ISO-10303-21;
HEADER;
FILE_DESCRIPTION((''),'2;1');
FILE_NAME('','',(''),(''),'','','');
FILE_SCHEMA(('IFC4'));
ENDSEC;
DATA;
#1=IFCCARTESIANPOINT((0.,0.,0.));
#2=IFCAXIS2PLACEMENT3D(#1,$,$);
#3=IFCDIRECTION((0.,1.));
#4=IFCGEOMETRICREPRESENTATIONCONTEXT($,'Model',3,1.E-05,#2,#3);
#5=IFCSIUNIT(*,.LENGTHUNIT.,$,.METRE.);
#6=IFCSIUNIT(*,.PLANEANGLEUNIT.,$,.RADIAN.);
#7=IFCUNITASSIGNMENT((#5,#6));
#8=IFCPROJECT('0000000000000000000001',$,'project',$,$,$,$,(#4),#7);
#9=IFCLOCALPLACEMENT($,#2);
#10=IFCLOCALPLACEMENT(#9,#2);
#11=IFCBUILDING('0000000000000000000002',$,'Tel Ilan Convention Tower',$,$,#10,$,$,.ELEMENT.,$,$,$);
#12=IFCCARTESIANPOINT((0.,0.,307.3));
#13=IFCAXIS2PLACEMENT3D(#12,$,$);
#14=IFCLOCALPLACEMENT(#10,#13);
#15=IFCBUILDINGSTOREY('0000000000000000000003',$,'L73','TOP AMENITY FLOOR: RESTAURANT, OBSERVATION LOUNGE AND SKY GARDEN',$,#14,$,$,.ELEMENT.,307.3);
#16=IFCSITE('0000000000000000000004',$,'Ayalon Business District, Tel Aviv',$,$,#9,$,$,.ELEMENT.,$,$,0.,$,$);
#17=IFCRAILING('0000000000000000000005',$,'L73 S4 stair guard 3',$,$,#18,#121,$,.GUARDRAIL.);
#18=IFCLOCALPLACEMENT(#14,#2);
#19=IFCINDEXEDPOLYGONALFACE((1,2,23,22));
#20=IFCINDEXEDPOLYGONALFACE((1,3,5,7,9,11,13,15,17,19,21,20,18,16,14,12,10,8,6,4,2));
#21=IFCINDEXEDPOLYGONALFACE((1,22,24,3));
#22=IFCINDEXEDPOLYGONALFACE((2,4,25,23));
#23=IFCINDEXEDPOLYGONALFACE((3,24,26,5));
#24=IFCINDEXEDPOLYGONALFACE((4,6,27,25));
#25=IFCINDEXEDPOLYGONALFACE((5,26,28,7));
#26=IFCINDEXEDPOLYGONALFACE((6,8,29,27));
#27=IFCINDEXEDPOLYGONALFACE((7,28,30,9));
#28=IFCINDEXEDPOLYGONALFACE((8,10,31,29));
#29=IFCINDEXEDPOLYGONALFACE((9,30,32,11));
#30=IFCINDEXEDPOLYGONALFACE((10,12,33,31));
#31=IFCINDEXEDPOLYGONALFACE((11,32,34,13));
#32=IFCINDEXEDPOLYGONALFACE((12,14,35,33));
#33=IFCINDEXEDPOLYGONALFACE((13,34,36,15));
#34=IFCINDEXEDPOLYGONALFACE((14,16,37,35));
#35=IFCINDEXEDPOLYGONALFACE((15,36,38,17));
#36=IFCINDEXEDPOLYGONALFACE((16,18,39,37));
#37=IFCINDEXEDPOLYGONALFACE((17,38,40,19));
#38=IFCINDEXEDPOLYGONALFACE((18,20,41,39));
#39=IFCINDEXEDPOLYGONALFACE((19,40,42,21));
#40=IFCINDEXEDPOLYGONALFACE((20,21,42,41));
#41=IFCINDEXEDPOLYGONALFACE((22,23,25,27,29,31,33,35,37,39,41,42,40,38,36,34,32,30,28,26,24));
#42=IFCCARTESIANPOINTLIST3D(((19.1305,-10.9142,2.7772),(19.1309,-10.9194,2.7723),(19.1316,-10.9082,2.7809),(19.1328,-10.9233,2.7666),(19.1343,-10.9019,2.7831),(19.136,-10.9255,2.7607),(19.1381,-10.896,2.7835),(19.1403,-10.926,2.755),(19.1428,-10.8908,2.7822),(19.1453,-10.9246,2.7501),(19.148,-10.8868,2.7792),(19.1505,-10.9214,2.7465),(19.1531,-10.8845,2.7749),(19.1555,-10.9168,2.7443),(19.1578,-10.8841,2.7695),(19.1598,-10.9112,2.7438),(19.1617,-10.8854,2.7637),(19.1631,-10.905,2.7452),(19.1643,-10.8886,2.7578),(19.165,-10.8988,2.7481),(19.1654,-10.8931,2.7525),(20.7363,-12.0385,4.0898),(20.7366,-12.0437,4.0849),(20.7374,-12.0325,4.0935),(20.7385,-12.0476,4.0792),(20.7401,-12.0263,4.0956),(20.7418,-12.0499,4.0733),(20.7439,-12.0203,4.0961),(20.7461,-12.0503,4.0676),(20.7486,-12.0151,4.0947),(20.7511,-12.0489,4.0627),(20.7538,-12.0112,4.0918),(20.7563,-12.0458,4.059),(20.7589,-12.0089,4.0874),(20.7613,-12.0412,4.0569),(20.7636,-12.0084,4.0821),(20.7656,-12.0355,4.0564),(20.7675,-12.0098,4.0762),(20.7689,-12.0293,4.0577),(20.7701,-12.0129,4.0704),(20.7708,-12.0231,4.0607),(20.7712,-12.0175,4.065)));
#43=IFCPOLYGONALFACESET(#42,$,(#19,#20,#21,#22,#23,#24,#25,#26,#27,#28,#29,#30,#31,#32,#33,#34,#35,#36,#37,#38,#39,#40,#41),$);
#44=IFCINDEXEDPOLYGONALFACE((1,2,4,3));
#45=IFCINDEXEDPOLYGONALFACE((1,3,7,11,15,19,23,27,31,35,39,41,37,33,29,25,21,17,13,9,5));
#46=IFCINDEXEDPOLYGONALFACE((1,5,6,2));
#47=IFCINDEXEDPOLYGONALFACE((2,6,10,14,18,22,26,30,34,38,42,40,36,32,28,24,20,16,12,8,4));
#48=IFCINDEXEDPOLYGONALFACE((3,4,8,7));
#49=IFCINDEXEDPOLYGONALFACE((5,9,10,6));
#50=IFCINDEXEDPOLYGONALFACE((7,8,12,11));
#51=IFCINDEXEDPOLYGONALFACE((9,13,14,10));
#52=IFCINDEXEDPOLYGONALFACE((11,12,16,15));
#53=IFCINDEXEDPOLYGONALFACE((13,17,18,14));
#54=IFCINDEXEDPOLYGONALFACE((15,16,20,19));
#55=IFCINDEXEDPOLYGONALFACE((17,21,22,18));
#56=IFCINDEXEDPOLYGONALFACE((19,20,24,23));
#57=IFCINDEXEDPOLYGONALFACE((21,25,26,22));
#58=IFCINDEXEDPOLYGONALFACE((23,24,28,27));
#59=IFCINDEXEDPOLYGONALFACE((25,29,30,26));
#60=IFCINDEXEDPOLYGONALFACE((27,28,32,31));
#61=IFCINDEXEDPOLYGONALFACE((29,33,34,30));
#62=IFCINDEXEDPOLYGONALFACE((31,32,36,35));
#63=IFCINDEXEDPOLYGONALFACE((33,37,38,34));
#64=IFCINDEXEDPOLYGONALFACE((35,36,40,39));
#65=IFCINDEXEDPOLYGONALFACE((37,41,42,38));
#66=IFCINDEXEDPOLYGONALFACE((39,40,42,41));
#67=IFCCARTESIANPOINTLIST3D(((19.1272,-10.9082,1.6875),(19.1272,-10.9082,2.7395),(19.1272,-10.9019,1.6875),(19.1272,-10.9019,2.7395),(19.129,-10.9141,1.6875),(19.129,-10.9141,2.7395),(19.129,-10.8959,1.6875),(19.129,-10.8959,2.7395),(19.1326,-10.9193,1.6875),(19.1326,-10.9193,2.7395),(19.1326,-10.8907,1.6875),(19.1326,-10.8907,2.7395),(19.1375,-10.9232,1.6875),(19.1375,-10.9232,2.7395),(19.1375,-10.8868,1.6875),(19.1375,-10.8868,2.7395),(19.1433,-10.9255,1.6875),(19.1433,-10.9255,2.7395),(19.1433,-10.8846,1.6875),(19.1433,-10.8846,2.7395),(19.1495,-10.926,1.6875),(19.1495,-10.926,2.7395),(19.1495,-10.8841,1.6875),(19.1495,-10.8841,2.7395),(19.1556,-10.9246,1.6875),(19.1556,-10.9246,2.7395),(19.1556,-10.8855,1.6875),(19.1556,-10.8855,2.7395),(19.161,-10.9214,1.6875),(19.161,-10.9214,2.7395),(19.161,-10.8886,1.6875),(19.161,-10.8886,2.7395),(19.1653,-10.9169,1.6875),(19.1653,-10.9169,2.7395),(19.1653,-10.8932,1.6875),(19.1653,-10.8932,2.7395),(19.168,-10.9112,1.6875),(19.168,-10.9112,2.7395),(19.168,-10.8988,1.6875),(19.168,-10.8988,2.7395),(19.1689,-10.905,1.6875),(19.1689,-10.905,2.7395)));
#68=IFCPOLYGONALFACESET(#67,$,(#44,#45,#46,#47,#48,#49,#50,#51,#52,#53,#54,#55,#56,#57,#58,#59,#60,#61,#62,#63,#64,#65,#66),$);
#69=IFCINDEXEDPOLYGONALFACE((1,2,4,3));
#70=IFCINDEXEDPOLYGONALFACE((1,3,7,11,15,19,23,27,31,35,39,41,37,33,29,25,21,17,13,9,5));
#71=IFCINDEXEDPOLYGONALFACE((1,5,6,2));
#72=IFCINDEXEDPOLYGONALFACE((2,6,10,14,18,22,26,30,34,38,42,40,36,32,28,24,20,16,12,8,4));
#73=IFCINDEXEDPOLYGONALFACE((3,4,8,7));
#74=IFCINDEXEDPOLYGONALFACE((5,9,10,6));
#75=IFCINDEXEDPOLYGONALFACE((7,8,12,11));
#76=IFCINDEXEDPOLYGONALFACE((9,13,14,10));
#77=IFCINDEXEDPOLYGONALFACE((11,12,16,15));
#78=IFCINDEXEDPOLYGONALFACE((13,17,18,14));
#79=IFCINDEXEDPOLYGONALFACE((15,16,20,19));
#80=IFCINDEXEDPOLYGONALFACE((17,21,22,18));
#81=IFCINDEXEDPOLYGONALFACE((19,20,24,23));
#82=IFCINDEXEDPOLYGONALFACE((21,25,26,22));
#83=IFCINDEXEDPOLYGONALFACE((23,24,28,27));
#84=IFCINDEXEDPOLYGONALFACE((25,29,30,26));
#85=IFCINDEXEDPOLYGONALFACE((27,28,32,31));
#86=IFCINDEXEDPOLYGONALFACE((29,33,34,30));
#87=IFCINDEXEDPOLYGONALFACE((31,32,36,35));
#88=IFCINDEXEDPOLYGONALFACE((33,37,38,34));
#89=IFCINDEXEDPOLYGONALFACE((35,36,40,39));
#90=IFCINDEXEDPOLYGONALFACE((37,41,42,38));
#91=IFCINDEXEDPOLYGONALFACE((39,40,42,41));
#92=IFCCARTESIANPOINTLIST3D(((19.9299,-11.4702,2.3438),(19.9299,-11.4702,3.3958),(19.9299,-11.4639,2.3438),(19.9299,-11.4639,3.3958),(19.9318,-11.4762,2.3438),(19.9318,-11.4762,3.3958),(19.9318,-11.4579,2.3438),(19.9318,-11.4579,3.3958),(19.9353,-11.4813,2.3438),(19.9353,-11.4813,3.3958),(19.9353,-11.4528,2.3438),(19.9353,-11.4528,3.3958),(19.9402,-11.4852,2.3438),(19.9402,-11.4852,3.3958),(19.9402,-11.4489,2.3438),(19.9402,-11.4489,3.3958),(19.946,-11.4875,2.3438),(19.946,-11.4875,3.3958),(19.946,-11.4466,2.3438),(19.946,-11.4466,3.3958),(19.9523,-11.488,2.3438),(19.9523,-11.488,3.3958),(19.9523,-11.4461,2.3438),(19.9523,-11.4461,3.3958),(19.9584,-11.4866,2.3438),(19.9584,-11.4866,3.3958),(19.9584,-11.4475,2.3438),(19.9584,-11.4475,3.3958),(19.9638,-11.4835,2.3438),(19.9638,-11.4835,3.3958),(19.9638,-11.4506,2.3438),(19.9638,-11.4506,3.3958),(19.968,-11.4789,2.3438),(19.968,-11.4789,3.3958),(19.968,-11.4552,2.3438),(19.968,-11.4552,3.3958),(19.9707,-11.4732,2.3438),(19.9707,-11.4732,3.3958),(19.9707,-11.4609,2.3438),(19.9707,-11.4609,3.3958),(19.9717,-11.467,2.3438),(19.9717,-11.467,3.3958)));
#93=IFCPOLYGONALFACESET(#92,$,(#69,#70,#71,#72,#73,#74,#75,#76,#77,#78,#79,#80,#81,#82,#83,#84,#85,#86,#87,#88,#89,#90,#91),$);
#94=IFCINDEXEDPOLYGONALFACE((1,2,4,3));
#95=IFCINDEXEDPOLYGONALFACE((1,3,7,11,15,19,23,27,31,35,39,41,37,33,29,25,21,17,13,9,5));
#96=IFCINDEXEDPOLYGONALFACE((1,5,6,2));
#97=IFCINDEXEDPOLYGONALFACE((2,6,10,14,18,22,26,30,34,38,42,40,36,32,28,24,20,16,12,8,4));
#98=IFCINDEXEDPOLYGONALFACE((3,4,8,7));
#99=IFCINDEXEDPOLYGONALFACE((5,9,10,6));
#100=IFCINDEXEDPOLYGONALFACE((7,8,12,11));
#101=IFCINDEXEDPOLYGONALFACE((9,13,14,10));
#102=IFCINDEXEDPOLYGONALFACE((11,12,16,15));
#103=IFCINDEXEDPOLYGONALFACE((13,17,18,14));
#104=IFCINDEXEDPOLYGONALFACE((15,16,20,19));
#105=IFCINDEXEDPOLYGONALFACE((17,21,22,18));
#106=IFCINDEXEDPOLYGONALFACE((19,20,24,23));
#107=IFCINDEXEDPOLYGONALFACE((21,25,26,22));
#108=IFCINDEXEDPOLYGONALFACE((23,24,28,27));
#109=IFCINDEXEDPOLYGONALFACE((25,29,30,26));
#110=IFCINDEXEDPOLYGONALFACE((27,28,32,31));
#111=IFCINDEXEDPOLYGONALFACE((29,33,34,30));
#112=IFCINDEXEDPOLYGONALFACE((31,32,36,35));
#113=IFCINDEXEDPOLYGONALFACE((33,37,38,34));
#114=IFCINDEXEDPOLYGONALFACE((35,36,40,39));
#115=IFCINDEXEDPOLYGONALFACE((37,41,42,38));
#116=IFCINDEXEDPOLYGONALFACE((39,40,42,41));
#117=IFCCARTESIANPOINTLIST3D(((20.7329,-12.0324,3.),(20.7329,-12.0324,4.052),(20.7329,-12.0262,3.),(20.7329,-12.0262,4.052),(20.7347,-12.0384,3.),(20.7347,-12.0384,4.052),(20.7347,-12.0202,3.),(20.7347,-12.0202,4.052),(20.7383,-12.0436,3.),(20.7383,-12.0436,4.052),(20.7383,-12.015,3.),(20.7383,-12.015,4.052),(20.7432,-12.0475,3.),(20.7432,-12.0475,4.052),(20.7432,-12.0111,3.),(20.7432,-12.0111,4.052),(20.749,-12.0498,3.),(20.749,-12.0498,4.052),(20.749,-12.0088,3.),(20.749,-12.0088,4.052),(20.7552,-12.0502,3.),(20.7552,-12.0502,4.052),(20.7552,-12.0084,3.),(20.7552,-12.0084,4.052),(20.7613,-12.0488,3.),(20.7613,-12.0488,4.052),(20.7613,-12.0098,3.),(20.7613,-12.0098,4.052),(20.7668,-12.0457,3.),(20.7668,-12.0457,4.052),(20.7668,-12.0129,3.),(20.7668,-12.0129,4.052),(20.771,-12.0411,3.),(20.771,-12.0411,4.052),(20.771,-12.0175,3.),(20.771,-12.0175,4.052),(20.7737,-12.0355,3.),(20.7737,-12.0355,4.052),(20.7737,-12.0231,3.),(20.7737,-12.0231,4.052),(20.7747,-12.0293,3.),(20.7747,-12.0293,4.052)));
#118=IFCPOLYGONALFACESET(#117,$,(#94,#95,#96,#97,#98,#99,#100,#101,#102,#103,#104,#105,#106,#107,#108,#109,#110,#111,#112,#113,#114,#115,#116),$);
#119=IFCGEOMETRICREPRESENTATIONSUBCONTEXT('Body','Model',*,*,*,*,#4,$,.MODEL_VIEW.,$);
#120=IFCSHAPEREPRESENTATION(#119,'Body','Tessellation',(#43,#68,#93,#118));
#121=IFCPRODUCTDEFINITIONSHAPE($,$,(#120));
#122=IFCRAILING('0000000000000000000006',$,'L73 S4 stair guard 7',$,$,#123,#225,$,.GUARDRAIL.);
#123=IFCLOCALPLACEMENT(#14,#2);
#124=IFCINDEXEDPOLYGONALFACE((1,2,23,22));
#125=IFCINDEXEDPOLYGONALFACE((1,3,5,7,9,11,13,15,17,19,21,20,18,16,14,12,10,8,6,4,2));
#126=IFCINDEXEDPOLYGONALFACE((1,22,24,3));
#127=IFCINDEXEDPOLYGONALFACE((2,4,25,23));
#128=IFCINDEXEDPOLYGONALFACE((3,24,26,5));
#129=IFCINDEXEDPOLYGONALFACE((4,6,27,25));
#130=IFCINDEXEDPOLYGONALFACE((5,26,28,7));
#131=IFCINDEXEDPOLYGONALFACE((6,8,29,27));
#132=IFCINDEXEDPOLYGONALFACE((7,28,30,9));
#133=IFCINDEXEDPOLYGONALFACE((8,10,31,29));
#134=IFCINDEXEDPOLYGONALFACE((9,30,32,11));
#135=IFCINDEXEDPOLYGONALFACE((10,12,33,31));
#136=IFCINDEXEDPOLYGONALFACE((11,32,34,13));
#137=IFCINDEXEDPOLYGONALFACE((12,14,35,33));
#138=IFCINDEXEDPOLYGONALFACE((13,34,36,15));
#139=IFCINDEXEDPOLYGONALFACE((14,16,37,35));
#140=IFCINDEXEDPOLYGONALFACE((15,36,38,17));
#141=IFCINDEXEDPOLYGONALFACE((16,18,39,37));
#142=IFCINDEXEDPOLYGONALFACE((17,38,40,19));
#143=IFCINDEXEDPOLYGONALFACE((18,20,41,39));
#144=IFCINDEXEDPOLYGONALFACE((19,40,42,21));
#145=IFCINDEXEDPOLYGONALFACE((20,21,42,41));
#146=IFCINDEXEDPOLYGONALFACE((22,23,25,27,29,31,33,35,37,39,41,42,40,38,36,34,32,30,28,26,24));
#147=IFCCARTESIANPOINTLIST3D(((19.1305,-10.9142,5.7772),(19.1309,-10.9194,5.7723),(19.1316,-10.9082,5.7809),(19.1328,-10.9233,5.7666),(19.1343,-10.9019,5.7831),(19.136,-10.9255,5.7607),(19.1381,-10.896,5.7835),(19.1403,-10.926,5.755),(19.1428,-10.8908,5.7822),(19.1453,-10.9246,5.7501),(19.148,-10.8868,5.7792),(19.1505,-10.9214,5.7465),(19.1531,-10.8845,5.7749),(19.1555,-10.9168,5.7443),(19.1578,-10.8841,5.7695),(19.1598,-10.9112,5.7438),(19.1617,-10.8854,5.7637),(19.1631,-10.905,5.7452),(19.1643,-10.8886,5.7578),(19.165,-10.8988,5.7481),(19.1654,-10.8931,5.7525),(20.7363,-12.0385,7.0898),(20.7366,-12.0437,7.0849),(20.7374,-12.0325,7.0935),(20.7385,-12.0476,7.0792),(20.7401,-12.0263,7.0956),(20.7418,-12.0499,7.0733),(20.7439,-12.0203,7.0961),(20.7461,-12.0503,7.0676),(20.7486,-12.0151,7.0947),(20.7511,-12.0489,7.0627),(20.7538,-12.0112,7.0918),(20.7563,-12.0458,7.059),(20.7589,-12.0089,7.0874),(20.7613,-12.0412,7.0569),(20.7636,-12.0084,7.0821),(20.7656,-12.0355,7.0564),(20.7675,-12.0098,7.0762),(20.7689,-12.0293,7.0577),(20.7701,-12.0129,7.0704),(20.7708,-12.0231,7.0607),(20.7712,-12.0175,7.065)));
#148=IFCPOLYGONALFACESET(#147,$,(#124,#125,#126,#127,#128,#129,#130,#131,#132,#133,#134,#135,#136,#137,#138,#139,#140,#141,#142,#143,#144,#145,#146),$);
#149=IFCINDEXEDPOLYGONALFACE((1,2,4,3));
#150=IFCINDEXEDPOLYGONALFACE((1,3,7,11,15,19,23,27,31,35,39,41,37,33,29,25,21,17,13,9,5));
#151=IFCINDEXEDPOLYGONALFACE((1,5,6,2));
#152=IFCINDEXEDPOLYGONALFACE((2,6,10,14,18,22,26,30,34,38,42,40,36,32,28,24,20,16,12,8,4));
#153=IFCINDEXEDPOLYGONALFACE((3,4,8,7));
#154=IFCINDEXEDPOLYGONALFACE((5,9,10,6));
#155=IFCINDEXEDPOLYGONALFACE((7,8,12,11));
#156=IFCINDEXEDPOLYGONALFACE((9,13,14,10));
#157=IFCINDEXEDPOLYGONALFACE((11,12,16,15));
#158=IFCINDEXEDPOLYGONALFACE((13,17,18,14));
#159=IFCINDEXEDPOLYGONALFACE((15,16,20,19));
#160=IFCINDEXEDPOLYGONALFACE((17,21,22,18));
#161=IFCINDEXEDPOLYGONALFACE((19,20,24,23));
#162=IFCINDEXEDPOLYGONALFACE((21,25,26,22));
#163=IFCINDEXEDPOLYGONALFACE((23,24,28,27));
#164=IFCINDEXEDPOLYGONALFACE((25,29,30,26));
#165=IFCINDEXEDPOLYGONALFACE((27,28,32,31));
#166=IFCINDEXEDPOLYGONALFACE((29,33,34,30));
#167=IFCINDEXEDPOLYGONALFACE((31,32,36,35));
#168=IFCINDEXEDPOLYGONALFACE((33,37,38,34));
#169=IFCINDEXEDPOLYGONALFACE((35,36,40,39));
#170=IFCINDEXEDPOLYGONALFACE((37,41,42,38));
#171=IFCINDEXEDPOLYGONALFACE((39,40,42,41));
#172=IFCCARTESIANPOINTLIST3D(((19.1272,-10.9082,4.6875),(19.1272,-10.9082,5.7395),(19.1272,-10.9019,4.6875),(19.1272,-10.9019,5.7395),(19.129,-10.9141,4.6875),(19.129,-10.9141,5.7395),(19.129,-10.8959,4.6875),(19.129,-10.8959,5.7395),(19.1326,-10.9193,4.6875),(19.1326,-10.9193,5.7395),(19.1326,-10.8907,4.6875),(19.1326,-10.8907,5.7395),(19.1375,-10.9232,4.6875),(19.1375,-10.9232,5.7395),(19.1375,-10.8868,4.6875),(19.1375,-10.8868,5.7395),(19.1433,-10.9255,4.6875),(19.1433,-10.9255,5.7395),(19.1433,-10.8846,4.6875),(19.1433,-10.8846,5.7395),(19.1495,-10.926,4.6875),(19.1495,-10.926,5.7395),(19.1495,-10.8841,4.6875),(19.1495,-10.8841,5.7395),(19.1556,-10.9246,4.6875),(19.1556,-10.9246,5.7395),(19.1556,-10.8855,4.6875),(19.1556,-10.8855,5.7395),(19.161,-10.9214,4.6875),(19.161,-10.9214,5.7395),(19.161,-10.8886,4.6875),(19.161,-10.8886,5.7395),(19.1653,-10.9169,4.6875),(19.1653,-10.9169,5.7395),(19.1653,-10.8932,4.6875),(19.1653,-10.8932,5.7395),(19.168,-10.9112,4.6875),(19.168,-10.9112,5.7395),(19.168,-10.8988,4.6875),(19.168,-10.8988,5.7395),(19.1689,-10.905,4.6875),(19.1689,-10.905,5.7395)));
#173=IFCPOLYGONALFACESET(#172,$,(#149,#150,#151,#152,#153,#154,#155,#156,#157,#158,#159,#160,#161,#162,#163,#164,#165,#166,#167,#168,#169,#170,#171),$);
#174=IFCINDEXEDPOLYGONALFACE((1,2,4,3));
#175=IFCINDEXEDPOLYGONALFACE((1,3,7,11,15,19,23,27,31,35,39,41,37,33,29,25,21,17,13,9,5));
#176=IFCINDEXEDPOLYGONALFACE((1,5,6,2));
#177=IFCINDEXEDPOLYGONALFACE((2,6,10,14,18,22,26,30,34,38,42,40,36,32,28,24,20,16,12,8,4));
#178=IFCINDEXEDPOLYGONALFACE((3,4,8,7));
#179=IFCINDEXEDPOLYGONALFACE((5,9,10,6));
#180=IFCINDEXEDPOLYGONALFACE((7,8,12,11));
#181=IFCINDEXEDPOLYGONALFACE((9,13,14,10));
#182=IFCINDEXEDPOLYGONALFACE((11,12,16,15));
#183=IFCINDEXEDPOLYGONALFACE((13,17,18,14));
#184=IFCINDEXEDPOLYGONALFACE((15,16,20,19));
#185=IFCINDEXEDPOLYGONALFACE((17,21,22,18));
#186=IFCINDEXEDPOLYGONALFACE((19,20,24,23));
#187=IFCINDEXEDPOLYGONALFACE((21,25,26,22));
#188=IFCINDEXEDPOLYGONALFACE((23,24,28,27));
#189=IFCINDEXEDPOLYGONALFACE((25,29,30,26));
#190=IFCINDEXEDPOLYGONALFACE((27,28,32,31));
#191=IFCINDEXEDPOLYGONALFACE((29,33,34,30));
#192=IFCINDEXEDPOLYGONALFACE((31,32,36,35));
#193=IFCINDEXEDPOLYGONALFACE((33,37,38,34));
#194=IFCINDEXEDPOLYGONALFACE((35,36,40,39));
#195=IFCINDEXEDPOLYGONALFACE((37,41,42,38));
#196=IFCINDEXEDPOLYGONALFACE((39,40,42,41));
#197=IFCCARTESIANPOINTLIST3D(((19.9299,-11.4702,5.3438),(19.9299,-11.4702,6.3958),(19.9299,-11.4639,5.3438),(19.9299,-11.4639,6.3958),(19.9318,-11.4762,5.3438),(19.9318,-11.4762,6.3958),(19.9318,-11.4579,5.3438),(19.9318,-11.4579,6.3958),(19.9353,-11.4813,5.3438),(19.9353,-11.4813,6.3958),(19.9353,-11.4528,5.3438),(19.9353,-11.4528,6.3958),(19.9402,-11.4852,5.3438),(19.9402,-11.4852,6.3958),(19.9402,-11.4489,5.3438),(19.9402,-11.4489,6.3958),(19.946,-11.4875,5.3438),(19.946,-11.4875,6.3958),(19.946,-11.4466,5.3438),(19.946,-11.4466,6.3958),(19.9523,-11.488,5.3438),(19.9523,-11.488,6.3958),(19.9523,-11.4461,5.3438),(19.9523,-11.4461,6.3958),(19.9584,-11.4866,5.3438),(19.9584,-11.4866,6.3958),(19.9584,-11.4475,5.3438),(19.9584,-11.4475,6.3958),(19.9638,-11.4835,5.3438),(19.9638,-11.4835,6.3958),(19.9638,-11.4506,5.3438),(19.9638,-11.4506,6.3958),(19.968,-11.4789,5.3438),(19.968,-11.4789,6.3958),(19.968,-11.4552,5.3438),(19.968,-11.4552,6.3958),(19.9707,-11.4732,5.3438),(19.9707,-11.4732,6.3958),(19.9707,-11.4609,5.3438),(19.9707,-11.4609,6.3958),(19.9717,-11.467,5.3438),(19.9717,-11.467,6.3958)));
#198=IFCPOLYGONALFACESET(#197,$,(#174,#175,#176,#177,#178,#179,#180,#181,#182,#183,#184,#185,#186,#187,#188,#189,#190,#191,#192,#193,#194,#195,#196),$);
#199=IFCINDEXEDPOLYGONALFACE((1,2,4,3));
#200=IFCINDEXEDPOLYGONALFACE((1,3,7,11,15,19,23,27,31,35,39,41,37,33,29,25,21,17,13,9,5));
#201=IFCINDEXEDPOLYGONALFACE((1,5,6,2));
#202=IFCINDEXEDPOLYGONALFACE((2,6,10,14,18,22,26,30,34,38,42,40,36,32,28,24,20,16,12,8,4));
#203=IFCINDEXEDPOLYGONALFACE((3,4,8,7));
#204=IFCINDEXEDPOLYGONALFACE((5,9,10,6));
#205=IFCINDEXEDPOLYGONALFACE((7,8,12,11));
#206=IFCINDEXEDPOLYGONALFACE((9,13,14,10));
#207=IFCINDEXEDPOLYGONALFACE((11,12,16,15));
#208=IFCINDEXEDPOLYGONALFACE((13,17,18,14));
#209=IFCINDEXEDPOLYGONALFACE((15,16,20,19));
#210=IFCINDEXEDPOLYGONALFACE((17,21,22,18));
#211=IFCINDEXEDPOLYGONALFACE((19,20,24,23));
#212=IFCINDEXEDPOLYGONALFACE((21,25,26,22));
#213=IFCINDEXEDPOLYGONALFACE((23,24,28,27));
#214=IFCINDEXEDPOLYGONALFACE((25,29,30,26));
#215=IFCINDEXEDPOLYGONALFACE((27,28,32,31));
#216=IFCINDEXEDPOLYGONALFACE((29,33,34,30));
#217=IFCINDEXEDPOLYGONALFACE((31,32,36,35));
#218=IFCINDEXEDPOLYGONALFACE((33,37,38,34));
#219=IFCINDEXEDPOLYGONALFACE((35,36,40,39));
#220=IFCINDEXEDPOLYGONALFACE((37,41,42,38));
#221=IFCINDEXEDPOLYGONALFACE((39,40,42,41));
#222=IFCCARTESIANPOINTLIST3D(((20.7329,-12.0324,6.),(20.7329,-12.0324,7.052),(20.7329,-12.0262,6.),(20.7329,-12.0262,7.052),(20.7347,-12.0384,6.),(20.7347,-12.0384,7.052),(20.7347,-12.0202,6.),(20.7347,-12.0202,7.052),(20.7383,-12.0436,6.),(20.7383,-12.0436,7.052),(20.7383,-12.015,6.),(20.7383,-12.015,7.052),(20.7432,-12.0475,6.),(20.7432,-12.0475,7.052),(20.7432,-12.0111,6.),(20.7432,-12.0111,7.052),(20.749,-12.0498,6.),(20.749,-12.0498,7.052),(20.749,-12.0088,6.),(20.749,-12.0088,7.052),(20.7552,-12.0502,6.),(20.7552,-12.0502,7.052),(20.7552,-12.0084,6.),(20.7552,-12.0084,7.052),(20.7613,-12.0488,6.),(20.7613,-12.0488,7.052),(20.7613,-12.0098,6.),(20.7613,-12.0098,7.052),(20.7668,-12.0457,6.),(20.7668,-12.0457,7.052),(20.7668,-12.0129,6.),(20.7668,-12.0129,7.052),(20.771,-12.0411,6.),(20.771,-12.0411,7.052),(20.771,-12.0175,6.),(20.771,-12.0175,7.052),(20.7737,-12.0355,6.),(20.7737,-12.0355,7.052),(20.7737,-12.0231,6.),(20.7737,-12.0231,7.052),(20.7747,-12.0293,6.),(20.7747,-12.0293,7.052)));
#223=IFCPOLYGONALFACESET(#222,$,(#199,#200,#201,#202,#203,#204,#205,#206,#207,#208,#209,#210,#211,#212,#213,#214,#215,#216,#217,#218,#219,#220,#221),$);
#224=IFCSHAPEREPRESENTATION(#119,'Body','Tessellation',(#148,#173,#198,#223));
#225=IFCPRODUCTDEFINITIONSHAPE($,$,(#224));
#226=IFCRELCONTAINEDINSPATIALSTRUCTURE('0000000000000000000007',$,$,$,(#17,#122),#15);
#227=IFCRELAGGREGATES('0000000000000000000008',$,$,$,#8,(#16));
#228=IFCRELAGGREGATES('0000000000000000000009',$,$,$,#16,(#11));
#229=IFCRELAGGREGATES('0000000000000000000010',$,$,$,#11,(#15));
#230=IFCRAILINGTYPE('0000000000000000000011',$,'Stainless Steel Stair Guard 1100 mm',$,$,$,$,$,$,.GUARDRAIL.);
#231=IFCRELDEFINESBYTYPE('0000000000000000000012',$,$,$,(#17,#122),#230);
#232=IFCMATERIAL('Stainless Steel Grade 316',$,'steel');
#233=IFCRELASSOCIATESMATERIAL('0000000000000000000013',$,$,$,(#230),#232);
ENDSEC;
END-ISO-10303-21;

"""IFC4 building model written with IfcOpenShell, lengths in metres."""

from ifc_helpers import new_model, si_unit, direction, frame, origin, origin_2d, place, context, subcontext, project, spatial, circle, extrude, material, type_object, element, save


model = new_model("IFC4")

# Units and contexts
model_context = context("Model", 3, precision=1e-05, world=origin(), true_north=direction((0.0, 1.0)))
body_context = subcontext(model_context, "Body", "Model", "MODEL_VIEW")
ifc_project = project(units=[si_unit("LENGTHUNIT", "METRE"), si_unit("PLANEANGLEUNIT", "RADIAN")], contexts=[model_context])

# Site, building, storey
site_placement = place(None, origin())
site = spatial("IfcSite", under=ifc_project, at=site_placement, Name="Ayalon Business District, Tel Aviv", CompositionType="ELEMENT", RefElevation=0.0)
building_placement = place(site_placement, origin())
building = spatial("IfcBuilding", under=site, at=building_placement, Name="Tel Ilan Convention Tower", CompositionType="ELEMENT")
storey_placement = place(building_placement, frame((0.0, 0.0, 307.3)))
storey = spatial("IfcBuildingStorey", under=building, at=storey_placement, Name="L73", Description="TOP AMENITY FLOOR: RESTAURANT, OBSERVATION LOUNGE AND SKY GARDEN", CompositionType="ELEMENT", Elevation=307.3)

# Railings
ifc_material_1 = material(Name="Stainless Steel Grade 316", Category="steel")
railing_type_1 = type_object("IfcRailingType", Name="Stainless Steel Stair Guard 1100 mm", PredefinedType="GUARDRAIL", material=ifc_material_1)
for number, where, name in (
    (1, (19.1479, -10.905, 1.6875), "L73 S4 stair guard 3"),
    (2, (19.1479, -10.905, 4.6875), "L73 S4 stair guard 7"),
):
    element("IfcRailing", number, at=place(storey_placement, frame(where)), inside=storey, type_object=railing_type_1, Name=name, PredefinedType="GUARDRAIL", context=body_context, shape_type="SweptSolid", body=[
        extrude(circle(Radius=0.0239, at=origin_2d()), frame((0.0, 0.0, 1.0762), z_axis=(0.680671, -0.476584, 0.556376), x_axis=(0.573554, 0.819168, 0.0)), (0.0, 0.0, 1.0), 2.3591),
        extrude(circle(Radius=0.021, at=origin_2d()), origin(), (0.0, 0.0, 1.0), 1.052),
        extrude(circle(Radius=0.021, at=origin_2d()), frame((0.8027, -0.562, 0.6562)), (0.0, 0.0, 1.0), 1.052),
        extrude(circle(Radius=0.021, at=origin_2d()), frame((1.6057, -1.1243, 1.3125)), (0.0, 0.0, 1.0), 1.052),
    ])

save(model, "model.ifc")
